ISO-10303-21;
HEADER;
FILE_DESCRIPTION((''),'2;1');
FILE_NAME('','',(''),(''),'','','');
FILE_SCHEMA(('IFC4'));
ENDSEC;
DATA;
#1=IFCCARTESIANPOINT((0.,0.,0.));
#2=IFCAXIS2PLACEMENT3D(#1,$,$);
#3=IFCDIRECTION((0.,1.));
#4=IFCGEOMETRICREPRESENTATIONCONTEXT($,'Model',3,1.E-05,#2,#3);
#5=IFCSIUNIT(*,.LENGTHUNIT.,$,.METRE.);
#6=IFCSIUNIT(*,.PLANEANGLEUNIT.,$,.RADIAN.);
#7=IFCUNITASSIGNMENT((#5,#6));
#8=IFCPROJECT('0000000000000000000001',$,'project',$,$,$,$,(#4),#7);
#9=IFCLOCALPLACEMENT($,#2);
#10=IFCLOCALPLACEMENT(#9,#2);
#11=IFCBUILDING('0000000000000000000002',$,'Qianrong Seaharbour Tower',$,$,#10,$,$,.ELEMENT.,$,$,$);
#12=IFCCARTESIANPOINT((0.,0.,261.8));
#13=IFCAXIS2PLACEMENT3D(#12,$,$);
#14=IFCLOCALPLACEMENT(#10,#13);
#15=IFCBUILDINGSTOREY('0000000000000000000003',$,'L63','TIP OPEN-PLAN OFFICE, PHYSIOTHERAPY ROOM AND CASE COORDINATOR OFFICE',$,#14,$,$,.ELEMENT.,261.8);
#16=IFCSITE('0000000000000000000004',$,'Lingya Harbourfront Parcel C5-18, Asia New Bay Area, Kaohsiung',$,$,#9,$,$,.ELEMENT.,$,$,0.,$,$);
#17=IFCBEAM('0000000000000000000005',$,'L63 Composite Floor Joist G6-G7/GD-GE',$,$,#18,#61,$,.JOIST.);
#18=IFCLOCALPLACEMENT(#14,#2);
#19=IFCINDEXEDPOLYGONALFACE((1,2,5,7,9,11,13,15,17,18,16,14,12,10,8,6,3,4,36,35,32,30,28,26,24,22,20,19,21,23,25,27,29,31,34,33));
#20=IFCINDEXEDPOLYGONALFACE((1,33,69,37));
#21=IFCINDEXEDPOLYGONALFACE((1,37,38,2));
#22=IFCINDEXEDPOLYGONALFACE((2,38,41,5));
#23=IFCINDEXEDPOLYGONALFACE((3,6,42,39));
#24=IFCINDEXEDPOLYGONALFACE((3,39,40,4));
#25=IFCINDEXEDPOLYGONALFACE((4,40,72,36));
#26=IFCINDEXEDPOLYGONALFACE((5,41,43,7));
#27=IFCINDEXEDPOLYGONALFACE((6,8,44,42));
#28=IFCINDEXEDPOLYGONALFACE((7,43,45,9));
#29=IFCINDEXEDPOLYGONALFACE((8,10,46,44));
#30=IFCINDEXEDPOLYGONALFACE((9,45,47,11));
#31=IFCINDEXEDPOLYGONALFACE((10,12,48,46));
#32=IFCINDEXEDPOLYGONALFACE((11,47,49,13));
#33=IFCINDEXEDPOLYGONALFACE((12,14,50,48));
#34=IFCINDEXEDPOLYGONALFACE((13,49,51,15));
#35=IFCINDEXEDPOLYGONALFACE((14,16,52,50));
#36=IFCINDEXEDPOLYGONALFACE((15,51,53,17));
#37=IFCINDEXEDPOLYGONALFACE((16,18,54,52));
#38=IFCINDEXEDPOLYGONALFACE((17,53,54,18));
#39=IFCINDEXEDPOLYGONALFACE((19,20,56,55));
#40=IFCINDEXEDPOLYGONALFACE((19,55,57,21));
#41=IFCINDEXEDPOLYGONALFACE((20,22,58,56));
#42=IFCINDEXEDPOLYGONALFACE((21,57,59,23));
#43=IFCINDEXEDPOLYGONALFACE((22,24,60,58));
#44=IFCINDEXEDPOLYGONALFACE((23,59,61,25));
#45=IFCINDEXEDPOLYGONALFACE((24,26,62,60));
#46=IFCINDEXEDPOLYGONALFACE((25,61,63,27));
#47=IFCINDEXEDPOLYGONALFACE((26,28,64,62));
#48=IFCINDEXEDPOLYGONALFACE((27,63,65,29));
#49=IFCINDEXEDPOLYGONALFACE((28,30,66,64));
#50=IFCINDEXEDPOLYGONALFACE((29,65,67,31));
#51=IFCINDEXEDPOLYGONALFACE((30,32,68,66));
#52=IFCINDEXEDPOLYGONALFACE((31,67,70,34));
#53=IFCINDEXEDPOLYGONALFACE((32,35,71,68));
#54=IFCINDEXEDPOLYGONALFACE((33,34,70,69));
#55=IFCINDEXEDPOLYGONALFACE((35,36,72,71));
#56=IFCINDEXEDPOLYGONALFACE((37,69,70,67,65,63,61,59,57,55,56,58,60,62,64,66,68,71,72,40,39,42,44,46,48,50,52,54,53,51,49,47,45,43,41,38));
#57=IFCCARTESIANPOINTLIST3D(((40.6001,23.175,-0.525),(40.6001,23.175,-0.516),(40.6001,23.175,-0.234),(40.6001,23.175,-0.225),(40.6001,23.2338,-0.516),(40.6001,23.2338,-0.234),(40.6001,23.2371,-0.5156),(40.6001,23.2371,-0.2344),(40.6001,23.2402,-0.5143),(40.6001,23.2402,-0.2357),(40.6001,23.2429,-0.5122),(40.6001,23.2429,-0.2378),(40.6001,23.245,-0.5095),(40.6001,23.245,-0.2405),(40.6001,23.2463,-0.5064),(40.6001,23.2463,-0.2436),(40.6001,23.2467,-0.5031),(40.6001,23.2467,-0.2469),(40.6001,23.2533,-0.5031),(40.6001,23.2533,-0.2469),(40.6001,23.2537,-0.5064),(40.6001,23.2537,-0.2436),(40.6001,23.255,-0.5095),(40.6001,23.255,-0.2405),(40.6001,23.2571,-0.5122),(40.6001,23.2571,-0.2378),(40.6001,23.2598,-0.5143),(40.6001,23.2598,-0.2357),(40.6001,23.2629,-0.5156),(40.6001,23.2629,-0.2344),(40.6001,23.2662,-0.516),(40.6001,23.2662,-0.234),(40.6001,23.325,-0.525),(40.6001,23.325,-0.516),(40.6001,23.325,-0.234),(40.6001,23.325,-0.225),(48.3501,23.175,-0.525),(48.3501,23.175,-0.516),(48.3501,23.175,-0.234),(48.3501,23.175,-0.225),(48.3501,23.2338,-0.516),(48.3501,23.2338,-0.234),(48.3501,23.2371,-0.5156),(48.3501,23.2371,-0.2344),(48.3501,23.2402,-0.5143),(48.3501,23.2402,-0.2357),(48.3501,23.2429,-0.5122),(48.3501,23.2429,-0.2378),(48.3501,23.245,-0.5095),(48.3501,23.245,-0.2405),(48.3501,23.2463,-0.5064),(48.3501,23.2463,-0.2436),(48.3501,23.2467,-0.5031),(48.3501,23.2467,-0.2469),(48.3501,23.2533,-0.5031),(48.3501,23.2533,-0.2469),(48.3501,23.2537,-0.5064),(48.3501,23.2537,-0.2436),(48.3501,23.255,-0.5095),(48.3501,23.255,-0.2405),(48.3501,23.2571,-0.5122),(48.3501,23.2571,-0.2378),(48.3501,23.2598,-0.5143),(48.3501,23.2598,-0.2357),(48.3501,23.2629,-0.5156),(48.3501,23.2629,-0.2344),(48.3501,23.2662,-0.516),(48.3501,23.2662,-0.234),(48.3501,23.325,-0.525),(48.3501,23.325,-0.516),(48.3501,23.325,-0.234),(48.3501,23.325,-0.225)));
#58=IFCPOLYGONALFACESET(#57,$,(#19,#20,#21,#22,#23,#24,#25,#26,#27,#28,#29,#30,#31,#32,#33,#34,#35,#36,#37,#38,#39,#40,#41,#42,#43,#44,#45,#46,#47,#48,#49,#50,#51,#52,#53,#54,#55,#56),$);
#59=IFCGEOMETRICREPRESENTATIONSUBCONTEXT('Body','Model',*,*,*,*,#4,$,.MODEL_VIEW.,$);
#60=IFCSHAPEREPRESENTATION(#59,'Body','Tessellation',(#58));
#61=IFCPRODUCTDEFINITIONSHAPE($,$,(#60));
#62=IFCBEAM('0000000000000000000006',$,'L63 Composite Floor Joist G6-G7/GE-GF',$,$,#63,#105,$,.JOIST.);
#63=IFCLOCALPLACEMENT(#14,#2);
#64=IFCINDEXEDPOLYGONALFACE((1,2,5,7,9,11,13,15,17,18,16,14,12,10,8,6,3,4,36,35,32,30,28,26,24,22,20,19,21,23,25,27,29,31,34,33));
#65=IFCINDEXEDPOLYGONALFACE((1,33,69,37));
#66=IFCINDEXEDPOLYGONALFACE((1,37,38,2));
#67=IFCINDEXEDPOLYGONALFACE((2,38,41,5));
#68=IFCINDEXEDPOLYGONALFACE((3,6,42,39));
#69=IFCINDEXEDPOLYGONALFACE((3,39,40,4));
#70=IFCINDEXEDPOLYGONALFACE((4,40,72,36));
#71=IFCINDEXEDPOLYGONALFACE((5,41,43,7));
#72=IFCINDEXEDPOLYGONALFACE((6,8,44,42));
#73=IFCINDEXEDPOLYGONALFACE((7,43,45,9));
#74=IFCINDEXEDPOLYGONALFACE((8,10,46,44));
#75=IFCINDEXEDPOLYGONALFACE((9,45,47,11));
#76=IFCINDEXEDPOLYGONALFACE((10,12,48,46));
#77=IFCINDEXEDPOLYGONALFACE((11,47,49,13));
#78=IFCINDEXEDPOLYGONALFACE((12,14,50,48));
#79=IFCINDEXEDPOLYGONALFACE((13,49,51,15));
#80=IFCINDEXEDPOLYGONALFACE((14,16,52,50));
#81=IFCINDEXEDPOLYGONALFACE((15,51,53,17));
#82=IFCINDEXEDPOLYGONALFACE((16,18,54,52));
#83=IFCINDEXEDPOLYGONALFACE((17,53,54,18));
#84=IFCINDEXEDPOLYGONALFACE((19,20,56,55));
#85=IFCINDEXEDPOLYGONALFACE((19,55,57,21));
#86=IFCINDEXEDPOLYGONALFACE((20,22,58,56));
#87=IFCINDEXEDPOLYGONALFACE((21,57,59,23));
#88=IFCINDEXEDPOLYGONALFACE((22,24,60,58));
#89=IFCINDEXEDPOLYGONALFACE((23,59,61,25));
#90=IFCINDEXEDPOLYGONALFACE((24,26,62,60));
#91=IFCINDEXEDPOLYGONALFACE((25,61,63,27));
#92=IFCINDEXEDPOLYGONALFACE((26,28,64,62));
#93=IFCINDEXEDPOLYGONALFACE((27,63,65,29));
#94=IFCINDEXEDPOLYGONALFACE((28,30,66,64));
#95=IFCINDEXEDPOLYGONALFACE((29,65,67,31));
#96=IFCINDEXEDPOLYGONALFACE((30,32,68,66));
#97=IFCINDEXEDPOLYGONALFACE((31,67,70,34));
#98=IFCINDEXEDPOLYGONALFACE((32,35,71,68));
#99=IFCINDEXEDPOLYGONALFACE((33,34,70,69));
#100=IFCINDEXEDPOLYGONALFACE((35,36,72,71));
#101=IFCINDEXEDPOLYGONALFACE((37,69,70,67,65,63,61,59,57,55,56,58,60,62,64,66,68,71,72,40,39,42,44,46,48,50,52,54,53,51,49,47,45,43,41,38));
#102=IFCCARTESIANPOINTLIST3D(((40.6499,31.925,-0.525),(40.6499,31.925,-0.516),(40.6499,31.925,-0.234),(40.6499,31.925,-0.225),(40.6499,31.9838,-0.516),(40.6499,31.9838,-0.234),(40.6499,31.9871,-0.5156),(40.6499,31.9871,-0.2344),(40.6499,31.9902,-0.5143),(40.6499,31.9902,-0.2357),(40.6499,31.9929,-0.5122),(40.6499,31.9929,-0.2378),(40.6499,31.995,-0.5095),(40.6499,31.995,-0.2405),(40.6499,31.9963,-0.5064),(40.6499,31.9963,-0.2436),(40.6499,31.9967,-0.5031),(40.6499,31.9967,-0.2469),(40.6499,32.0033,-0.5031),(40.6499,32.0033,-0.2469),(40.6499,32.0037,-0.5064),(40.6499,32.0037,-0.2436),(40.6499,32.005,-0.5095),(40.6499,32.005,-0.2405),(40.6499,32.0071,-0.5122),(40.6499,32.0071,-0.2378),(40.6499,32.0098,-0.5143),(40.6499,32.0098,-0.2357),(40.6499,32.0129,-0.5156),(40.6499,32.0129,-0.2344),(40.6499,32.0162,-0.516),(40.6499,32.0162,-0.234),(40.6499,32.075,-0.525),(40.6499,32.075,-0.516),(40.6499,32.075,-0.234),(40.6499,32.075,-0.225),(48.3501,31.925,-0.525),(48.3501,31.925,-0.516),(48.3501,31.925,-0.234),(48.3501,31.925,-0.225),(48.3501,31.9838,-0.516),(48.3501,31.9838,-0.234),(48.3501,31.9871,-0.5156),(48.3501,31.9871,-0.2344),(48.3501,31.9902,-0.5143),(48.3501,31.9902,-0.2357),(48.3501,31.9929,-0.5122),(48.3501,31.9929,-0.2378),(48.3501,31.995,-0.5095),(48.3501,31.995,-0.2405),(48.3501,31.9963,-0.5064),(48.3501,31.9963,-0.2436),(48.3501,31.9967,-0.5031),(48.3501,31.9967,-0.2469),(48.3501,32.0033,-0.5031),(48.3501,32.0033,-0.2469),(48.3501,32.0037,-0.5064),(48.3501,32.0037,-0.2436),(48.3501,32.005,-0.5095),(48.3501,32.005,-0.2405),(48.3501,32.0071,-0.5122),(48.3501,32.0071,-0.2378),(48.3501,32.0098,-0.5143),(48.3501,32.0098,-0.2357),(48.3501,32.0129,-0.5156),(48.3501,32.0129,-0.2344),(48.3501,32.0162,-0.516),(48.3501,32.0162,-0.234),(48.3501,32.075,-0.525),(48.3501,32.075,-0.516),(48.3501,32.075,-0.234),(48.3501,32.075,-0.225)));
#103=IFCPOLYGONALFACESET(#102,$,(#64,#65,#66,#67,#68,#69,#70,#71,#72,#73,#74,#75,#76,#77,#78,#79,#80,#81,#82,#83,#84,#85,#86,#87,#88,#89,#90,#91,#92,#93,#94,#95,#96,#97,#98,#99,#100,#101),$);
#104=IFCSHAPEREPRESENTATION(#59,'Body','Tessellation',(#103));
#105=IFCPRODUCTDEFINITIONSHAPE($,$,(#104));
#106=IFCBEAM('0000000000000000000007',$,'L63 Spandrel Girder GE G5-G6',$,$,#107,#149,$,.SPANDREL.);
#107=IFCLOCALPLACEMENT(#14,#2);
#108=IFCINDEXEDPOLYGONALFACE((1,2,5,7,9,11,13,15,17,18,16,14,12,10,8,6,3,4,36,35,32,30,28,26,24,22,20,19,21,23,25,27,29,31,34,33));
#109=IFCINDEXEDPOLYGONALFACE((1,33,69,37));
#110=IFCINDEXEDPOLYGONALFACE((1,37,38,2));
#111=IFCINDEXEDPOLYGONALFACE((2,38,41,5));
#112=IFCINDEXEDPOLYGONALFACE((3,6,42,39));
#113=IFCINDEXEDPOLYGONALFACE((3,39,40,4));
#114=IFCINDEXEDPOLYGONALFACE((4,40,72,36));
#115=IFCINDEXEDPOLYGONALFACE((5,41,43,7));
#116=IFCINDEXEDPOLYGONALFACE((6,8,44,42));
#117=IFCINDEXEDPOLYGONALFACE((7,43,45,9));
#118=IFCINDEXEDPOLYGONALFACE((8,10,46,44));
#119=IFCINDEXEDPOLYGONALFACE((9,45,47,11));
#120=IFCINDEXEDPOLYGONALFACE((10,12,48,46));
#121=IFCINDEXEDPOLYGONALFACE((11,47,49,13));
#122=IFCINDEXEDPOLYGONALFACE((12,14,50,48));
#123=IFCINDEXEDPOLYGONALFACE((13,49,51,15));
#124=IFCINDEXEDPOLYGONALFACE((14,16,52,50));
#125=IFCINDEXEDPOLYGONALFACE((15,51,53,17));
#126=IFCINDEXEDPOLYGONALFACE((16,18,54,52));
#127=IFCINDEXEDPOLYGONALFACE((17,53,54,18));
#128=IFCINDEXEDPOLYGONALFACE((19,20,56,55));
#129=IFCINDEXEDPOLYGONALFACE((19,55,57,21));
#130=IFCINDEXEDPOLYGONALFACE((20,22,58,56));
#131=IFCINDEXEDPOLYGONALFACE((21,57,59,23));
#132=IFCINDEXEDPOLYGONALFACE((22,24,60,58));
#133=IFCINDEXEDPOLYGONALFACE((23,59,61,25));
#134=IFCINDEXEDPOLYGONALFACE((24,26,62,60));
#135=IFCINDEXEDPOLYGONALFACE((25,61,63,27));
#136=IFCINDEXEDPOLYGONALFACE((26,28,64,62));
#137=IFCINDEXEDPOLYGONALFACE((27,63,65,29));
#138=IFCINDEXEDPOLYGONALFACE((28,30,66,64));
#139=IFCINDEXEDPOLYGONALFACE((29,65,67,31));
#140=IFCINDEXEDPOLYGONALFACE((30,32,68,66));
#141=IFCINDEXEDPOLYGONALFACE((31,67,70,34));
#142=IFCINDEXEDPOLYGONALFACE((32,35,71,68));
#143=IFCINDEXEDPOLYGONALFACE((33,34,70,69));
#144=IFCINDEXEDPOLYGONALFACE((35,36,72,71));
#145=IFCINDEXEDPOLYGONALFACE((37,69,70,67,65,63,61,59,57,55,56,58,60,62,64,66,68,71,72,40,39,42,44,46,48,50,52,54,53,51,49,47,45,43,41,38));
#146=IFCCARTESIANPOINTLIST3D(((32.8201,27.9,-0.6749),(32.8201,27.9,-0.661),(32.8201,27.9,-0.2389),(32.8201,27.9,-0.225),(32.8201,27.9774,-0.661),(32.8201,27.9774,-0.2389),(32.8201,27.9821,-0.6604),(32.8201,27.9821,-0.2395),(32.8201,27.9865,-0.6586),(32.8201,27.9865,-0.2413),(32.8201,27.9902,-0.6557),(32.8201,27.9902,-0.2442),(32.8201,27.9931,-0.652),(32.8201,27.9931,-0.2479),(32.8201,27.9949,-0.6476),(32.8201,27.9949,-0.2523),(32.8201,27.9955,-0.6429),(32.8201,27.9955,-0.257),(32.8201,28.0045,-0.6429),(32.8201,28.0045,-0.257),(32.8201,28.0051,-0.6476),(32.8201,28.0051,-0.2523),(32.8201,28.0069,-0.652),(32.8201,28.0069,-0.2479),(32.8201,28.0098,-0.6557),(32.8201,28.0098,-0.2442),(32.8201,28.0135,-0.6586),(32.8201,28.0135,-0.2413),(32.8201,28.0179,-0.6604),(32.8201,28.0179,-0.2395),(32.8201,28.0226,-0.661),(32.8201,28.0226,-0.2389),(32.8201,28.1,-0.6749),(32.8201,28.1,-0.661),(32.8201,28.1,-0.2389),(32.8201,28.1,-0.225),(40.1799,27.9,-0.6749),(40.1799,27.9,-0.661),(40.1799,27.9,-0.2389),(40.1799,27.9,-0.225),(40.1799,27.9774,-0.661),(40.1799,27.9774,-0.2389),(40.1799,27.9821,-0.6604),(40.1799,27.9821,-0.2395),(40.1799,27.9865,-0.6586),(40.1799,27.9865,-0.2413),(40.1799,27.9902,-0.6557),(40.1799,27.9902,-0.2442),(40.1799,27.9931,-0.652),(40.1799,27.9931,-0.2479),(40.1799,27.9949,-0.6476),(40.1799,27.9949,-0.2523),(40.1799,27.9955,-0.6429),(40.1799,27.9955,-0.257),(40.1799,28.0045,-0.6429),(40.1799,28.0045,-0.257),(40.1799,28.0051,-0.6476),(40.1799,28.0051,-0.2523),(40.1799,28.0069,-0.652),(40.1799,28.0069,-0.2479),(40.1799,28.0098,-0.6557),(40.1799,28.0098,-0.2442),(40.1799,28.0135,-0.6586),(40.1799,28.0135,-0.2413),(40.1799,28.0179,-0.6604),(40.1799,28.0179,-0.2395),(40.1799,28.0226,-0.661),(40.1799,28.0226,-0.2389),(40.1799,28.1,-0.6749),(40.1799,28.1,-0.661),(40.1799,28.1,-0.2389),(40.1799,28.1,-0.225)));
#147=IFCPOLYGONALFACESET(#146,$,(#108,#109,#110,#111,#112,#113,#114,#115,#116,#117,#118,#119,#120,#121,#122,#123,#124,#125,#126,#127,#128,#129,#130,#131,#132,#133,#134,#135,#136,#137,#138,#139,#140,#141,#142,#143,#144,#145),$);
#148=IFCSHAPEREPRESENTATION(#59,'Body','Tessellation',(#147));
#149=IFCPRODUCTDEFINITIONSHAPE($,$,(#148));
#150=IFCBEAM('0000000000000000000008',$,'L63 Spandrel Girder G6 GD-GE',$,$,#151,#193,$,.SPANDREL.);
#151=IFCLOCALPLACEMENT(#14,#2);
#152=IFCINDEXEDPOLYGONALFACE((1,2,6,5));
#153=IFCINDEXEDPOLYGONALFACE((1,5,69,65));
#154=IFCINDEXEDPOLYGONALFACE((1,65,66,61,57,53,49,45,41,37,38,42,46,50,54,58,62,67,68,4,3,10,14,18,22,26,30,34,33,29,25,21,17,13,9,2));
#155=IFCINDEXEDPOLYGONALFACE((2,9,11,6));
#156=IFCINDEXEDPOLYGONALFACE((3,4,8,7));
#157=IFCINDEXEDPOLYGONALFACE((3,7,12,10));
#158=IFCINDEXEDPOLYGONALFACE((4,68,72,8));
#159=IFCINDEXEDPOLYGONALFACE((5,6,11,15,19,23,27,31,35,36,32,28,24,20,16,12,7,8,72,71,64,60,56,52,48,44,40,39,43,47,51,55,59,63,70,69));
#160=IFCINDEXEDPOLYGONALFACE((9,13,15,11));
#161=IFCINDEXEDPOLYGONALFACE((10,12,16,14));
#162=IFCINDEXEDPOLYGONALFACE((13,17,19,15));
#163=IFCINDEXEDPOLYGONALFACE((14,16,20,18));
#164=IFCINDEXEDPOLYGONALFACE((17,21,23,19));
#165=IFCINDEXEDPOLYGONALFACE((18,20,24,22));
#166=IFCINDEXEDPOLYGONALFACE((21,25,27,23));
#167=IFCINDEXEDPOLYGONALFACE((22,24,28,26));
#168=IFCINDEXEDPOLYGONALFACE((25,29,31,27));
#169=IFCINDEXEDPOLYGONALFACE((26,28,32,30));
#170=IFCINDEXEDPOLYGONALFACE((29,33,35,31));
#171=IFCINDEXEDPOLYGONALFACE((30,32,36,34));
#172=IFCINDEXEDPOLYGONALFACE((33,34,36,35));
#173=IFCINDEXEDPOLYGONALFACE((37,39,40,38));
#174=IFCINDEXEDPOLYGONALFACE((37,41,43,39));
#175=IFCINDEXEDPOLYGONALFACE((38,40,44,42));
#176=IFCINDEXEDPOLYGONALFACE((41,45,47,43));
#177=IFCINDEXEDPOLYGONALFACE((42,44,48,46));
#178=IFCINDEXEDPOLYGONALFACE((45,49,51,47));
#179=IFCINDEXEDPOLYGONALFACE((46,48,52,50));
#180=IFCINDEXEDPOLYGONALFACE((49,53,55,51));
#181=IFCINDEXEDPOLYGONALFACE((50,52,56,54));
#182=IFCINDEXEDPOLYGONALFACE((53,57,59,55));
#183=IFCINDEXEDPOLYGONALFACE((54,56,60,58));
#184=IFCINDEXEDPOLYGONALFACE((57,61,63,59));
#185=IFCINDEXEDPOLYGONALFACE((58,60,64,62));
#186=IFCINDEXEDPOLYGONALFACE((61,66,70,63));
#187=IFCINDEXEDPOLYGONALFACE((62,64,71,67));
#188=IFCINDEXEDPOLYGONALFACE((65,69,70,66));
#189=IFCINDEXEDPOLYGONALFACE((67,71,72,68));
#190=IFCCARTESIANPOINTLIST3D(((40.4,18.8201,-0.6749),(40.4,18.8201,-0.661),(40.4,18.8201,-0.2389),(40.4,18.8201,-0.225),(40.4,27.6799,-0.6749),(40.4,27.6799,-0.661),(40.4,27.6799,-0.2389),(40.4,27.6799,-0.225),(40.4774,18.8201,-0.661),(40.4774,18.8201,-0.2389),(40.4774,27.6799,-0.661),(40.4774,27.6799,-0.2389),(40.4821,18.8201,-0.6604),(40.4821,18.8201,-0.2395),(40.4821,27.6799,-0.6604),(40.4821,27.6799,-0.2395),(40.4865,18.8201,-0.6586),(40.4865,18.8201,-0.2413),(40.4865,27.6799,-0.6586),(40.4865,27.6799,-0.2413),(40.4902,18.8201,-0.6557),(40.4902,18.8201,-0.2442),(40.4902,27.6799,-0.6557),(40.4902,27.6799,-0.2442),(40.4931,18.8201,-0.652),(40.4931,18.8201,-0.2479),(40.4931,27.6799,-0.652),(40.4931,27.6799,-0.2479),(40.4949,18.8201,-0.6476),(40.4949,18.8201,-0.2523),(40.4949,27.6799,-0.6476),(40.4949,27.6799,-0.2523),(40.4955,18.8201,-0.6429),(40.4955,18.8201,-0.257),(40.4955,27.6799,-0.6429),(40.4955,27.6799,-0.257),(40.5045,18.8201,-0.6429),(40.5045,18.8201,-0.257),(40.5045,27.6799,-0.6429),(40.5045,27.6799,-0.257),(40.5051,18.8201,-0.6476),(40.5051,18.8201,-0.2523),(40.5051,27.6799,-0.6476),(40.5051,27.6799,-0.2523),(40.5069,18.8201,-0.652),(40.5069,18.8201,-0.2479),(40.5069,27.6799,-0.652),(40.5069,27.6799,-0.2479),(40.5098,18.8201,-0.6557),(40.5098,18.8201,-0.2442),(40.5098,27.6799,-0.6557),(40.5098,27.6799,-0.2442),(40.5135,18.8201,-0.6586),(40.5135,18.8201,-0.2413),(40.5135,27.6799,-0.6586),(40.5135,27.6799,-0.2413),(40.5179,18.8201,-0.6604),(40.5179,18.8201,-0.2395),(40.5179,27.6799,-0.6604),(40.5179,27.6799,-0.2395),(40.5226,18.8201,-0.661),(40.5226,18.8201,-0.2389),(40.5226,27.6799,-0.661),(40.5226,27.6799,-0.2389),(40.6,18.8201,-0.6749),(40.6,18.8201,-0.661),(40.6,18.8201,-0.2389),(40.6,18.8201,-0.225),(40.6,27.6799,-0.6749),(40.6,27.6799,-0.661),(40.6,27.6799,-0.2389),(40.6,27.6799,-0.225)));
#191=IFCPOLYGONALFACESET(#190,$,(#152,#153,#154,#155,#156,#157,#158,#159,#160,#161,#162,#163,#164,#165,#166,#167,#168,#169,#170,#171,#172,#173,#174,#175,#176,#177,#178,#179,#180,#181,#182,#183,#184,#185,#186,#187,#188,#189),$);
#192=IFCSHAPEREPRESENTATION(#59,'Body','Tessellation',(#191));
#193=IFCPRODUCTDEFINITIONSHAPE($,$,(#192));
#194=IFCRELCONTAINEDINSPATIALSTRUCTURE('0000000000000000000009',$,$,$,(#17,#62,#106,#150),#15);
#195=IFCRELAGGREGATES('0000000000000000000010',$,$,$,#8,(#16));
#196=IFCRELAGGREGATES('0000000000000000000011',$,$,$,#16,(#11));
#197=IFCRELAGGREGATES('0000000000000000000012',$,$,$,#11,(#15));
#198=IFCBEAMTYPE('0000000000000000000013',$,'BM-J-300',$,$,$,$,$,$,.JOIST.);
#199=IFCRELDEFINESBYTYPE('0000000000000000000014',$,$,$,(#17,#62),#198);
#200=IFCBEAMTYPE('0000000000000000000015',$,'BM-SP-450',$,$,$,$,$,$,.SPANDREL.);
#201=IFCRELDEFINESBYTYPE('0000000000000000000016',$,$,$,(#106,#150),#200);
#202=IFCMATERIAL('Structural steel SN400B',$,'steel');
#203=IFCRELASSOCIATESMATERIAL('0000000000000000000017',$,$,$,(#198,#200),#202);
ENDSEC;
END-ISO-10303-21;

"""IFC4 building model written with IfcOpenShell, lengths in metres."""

from ifc_helpers import new_model, si_unit, direction, frame, origin, origin_2d, place, context, subcontext, project, spatial, i_section, extrude, material, material_profile, profile_set, type_object, element, save


model = new_model("IFC4")

# Units and contexts
model_context = context("Model", 3, precision=1e-05, world=origin(), true_north=direction((0.0, 1.0)))
body_context = subcontext(model_context, "Body", "Model", "MODEL_VIEW")
ifc_project = project(units=[si_unit("LENGTHUNIT", "METRE"), si_unit("PLANEANGLEUNIT", "RADIAN")], contexts=[model_context])

# Site, building, storey
site_placement = place(None, origin())
site = spatial("IfcSite", under=ifc_project, at=site_placement, Name="Lingya Harbourfront Parcel C5-18, Asia New Bay Area, Kaohsiung", CompositionType="ELEMENT", RefElevation=0.0)
building_placement = place(site_placement, origin())
building = spatial("IfcBuilding", under=site, at=building_placement, Name="Qianrong Seaharbour Tower", CompositionType="ELEMENT")
storey_placement = place(building_placement, frame((0.0, 0.0, 261.8)))
storey = spatial("IfcBuildingStorey", under=building, at=storey_placement, Name="L63", Description="TIP OPEN-PLAN OFFICE, PHYSIOTHERAPY ROOM AND CASE COORDINATOR OFFICE", CompositionType="ELEMENT", Elevation=261.8)

# Beams
ifc_material_1 = material(Name="Structural steel SN400B", Category="steel")
ifc_material_profile_1 = material_profile(ifc_material_1, i_section(OverallWidth=0.1499, OverallDepth=0.3, WebThickness=0.0066, FlangeThickness=0.009, FilletRadius=0.0129, at=origin_2d()), Name="H300x150x6.5x9")
ifc_profile_set_1 = profile_set([ifc_material_profile_1], Name="Structural steel SN400B")
beam_type_1 = type_object("IfcBeamType", Name="BM-J-300", PredefinedType="JOIST", material=ifc_profile_set_1)
beam_1_placement = place(storey_placement, frame((40.6001, 23.25, -0.375), z_axis=(1.0, 0.0, 0.0), x_axis=(0.0, 1.0, 0.0)))
element("IfcBeam", 1, at=beam_1_placement, inside=storey, type_object=beam_type_1, Name="L63 Composite Floor Joist G6-G7/GD-GE", PredefinedType="JOIST", context=body_context, shape_type="SweptSolid", body=[
    extrude(i_section(OverallWidth=0.1499, OverallDepth=0.3, WebThickness=0.0066, FlangeThickness=0.009, FilletRadius=0.0129, at=origin_2d()), origin(), (0.0, 0.0, 1.0), 7.75),
])
beam_2_placement = place(storey_placement, frame((40.6499, 32.0, -0.375), z_axis=(1.0, 0.0, 0.0), x_axis=(0.0, 1.0, 0.0)))
element("IfcBeam", 2, at=beam_2_placement, inside=storey, type_object=beam_type_1, Name="L63 Composite Floor Joist G6-G7/GE-GF", PredefinedType="JOIST", context=body_context, shape_type="SweptSolid", body=[
    extrude(i_section(OverallWidth=0.1499, OverallDepth=0.3, WebThickness=0.0066, FlangeThickness=0.009, FilletRadius=0.0129, at=origin_2d()), origin(), (0.0, 0.0, 1.0), 7.7002),
])
ifc_material_profile_2 = material_profile(ifc_material_1, i_section(OverallWidth=0.2, OverallDepth=0.45, WebThickness=0.009, FlangeThickness=0.0139, FilletRadius=0.0181, at=origin_2d()), Name="H450x200x9x14")
ifc_profile_set_2 = profile_set([ifc_material_profile_2], Name="Structural steel SN400B")
beam_type_2 = type_object("IfcBeamType", Name="BM-SP-450", PredefinedType="SPANDREL", material=ifc_profile_set_2)
beam_3_placement = place(storey_placement, frame((32.8201, 28.0, -0.45), z_axis=(1.0, 0.0, 0.0), x_axis=(0.0, 1.0, 0.0)))
element("IfcBeam", 3, at=beam_3_placement, inside=storey, type_object=beam_type_2, Name="L63 Spandrel Girder GE G5-G6", PredefinedType="SPANDREL", context=body_context, shape_type="SweptSolid", body=[
    extrude(i_section(OverallWidth=0.2, OverallDepth=0.45, WebThickness=0.009, FlangeThickness=0.0139, FilletRadius=0.0181, at=origin_2d()), origin(), (0.0, 0.0, 1.0), 7.3599),
])
beam_4_placement = place(storey_placement, frame((40.5, 18.8201, -0.45), z_axis=(0.0, 1.0, 0.0), x_axis=(-1.0, 0.0, 0.0)))
element("IfcBeam", 4, at=beam_4_placement, inside=storey, type_object=beam_type_2, Name="L63 Spandrel Girder G6 GD-GE", PredefinedType="SPANDREL", context=body_context, shape_type="SweptSolid", body=[
    extrude(i_section(OverallWidth=0.2, OverallDepth=0.45, WebThickness=0.009, FlangeThickness=0.0139, FilletRadius=0.0181, at=origin_2d()), origin(), (0.0, 0.0, 1.0), 8.8599),
])

save(model, "model.ifc")
